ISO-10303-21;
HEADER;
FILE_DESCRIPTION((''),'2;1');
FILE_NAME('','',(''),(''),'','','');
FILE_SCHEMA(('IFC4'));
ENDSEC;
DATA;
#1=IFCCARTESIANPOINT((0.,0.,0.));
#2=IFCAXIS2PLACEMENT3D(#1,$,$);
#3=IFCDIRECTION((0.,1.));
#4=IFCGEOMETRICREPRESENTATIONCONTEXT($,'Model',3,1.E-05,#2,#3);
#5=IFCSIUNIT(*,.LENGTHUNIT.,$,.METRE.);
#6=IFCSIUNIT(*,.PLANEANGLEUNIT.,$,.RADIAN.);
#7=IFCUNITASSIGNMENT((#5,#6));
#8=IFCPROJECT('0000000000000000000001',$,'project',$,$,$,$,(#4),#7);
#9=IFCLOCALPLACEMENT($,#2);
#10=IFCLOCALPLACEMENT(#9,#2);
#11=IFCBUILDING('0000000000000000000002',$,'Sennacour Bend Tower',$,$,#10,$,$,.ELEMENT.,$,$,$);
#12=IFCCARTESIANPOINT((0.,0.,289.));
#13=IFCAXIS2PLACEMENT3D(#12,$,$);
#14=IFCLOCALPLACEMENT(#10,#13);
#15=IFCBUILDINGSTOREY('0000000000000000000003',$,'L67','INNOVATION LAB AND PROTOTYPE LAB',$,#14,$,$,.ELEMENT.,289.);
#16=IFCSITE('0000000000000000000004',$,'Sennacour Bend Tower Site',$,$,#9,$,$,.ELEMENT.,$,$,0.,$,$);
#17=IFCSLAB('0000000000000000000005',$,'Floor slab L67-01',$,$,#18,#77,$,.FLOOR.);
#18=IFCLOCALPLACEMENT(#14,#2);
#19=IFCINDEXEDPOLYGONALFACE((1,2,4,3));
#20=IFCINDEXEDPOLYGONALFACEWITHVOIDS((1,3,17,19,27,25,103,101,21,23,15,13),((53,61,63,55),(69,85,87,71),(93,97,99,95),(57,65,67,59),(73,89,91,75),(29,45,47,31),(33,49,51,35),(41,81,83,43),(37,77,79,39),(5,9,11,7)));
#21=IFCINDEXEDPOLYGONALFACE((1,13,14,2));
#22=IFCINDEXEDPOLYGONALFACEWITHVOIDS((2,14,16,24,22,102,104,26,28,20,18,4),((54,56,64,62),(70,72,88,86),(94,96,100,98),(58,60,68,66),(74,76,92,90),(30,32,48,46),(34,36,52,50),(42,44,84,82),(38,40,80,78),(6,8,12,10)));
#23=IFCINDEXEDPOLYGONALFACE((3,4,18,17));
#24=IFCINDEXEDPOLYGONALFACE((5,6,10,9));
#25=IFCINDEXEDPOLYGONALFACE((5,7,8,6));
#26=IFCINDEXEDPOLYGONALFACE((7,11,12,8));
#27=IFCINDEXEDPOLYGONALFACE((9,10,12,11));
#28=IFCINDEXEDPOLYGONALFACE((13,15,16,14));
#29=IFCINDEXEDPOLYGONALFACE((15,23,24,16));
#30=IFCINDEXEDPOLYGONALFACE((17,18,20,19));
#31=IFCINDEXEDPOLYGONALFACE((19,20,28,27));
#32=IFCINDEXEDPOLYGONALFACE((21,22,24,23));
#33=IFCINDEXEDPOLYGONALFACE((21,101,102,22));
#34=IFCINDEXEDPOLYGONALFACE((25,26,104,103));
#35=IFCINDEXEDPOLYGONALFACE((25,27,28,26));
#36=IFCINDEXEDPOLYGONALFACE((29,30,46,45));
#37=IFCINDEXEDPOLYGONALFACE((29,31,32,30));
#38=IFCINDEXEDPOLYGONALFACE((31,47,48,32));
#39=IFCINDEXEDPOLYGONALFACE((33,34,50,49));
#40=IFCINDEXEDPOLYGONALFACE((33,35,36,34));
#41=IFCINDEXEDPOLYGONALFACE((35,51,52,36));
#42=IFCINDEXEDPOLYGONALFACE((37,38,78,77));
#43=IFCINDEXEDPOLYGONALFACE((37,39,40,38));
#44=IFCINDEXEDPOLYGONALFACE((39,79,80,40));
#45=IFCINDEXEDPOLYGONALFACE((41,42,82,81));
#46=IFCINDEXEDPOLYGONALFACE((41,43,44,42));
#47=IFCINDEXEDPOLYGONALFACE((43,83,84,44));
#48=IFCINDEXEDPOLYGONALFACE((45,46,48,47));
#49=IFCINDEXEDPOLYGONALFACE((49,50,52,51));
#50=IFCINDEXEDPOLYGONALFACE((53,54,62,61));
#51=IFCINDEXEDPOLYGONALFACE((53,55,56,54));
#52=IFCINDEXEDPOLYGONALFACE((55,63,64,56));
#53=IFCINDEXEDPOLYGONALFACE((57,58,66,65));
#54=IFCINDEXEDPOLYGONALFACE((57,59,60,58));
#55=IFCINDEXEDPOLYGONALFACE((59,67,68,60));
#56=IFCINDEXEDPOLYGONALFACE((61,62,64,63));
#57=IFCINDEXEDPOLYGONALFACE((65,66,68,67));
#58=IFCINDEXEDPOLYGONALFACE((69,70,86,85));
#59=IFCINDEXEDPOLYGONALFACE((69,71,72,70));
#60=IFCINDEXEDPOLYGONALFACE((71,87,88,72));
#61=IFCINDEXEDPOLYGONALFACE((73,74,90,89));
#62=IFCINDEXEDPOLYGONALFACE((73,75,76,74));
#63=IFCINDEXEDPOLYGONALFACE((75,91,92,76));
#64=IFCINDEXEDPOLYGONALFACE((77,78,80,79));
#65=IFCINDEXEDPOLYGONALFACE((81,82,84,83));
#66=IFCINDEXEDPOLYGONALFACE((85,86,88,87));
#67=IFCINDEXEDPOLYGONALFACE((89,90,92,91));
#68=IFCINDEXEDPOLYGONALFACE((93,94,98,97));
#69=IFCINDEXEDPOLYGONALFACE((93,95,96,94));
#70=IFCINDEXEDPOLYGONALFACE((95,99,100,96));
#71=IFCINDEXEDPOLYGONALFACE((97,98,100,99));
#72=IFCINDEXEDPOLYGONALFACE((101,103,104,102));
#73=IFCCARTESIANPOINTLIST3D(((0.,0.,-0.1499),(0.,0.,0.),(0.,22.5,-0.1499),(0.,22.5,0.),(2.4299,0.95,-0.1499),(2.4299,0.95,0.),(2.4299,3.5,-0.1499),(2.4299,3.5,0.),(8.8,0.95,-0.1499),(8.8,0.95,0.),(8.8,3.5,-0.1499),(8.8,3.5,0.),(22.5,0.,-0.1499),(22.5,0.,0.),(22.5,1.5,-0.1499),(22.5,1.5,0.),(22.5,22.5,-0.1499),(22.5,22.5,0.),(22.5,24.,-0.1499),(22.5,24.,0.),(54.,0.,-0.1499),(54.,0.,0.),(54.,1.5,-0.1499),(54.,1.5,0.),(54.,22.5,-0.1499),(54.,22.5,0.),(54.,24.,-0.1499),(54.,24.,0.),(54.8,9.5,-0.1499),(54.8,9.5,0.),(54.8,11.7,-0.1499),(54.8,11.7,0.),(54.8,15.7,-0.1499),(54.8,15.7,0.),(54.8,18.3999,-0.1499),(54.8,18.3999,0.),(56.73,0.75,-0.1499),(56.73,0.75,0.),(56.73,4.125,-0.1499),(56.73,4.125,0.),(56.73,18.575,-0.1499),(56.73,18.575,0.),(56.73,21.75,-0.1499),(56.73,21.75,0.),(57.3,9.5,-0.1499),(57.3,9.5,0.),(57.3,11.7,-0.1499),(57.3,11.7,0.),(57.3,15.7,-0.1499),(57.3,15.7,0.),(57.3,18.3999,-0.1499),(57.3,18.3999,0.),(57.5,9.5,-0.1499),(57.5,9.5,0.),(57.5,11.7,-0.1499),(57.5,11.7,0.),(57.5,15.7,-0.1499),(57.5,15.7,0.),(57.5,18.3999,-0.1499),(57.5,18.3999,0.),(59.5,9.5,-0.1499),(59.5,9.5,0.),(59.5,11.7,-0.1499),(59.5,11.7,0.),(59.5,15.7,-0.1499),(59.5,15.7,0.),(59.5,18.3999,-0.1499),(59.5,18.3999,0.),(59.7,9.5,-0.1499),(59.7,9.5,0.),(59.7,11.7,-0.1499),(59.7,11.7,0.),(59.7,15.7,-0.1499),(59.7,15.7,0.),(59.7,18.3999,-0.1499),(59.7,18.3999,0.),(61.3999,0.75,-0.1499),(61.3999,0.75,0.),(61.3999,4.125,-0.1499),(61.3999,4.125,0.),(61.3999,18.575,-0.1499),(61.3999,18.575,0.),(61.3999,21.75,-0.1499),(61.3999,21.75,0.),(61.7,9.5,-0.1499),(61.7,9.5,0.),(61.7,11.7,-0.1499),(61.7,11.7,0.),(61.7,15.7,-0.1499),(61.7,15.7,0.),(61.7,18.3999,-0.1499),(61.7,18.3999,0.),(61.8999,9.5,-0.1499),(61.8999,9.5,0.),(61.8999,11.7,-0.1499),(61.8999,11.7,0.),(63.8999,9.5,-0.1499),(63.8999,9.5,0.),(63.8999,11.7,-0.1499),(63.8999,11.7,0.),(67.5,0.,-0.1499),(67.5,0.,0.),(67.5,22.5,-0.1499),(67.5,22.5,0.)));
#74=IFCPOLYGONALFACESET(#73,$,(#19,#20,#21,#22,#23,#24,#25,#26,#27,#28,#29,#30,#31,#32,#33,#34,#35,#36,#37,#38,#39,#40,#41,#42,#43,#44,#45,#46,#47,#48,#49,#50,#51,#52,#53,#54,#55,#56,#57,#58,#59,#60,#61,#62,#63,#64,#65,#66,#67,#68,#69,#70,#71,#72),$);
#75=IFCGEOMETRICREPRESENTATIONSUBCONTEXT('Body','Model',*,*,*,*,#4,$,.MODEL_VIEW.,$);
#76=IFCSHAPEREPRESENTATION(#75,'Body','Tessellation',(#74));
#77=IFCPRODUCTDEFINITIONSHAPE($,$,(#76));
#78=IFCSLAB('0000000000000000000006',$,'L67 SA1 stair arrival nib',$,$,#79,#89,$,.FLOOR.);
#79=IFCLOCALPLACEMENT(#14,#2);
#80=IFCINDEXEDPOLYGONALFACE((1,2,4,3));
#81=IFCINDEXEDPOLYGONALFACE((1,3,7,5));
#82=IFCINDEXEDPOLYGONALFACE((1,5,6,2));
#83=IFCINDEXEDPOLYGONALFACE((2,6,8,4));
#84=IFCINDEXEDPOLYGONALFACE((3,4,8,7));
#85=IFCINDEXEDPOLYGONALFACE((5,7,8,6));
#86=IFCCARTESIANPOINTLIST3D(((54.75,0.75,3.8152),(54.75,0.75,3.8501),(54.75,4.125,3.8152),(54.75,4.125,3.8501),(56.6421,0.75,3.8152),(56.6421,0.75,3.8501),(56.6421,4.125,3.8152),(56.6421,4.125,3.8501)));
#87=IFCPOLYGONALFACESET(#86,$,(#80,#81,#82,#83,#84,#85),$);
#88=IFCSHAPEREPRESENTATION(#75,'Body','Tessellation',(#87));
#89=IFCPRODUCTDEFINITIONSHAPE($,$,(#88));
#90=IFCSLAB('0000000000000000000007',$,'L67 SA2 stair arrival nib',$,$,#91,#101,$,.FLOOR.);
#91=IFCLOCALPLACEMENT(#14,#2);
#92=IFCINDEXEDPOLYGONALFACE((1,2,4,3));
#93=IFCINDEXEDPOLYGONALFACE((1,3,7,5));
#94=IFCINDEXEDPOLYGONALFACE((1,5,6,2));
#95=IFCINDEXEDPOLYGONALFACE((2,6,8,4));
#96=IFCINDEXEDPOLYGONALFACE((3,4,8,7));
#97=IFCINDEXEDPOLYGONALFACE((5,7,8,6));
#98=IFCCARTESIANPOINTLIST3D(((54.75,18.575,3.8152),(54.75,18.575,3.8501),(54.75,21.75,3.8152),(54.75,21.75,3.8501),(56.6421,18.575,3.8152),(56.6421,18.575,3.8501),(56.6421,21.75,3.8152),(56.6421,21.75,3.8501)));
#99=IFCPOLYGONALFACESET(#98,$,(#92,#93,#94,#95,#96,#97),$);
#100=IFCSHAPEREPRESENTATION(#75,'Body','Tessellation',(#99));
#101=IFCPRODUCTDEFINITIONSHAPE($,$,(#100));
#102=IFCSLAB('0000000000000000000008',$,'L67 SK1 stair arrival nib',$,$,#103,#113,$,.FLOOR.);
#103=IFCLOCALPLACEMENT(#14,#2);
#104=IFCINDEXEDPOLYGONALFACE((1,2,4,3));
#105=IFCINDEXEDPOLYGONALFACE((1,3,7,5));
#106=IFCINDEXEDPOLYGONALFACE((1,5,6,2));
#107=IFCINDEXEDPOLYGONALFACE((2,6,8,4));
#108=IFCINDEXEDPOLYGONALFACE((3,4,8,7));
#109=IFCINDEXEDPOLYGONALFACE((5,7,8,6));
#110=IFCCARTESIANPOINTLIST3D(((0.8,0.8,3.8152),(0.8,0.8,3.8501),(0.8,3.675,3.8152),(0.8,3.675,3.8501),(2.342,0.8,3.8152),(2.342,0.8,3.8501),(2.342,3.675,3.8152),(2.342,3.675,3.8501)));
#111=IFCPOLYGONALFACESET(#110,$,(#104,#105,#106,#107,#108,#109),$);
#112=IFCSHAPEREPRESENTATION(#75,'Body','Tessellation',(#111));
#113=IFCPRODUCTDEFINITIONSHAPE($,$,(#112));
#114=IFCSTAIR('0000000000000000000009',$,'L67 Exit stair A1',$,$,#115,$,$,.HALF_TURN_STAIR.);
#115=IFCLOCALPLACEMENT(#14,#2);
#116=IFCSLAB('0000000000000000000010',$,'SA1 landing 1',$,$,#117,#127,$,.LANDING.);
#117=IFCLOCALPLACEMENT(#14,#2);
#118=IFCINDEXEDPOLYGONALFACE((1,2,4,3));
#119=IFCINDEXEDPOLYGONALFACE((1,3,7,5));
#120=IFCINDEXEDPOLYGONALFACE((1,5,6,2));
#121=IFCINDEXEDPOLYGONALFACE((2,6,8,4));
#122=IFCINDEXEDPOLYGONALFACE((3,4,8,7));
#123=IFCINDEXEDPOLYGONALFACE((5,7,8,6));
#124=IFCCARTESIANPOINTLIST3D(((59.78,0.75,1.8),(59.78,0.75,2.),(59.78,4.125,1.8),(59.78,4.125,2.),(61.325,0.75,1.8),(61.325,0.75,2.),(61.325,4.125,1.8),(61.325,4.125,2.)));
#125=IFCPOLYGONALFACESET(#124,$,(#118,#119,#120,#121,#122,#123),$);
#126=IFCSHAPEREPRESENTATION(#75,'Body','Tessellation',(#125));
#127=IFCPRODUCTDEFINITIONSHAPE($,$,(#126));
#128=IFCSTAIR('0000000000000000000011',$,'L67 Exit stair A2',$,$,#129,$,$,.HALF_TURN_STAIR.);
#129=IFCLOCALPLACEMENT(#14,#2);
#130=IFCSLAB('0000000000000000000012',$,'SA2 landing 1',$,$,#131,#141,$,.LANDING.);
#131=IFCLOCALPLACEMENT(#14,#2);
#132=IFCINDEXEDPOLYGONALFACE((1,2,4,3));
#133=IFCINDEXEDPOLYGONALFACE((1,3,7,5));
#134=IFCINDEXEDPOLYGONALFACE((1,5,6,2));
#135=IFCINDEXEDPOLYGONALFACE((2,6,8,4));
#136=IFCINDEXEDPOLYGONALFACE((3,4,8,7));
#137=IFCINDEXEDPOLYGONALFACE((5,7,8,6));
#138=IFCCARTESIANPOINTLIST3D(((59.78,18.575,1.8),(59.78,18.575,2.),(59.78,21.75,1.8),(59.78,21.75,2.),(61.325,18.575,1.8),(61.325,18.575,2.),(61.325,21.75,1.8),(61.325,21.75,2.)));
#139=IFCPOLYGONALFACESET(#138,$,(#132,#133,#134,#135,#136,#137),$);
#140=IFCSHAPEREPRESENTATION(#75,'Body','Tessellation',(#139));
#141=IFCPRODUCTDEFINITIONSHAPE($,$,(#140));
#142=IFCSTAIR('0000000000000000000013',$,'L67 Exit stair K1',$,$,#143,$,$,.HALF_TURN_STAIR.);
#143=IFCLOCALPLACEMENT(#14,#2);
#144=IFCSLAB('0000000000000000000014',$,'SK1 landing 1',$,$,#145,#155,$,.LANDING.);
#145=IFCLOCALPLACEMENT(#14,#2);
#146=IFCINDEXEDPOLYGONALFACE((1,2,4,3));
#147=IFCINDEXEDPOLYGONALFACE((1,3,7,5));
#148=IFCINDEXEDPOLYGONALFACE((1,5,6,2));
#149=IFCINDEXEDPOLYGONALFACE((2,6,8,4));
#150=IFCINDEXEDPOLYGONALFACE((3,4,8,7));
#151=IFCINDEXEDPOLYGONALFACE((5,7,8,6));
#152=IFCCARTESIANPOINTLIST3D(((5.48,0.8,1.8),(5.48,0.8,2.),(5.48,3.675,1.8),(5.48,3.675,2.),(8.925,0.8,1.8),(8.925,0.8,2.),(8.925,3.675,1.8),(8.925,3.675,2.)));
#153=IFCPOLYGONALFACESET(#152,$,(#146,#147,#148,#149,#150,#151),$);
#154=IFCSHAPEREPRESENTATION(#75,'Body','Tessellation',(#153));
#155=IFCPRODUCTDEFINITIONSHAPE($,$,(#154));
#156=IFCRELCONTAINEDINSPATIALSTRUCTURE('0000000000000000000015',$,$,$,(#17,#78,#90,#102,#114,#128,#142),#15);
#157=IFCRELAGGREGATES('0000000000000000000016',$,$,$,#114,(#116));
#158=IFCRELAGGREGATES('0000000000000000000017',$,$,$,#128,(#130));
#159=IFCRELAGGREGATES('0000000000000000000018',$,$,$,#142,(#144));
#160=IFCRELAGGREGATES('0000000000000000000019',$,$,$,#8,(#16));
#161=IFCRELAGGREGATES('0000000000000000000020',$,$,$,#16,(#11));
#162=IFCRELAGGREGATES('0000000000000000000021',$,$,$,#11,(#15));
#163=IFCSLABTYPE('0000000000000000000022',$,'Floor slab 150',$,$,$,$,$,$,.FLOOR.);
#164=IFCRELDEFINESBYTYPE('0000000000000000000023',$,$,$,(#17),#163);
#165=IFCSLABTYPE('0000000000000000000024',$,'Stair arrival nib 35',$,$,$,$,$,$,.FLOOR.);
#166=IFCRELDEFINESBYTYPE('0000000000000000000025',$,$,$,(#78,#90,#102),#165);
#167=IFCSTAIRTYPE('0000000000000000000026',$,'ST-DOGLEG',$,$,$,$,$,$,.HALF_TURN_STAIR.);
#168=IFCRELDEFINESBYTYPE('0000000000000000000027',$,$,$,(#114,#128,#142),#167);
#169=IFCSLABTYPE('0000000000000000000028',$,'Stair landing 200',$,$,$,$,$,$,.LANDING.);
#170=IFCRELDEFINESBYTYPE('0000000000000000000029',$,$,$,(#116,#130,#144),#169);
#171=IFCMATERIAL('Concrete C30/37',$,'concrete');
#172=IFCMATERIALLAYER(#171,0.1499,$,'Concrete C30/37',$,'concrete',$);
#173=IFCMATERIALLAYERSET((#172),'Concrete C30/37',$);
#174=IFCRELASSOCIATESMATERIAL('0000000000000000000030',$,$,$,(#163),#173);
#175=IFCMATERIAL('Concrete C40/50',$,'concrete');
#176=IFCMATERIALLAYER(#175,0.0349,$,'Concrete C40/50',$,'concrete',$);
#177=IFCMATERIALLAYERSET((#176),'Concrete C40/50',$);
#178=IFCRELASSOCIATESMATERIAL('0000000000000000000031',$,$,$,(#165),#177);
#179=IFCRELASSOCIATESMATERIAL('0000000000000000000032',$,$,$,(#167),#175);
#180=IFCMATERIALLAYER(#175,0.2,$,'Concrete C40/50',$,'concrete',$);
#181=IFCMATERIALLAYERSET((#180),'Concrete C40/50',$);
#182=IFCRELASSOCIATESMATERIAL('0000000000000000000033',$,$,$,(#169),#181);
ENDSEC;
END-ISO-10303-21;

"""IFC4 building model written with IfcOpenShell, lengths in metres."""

from ifc_helpers import new_model, si_unit, direction, frame, origin, place, context, subcontext, project, spatial, polyline, outline, extrude, material, layer, layer_set, type_object, element, aggregate, save


model = new_model("IFC4")

# Units and contexts
model_context = context("Model", 3, precision=1e-05, world=origin(), true_north=direction((0.0, 1.0)))
body_context = subcontext(model_context, "Body", "Model", "MODEL_VIEW")
ifc_project = project(units=[si_unit("LENGTHUNIT", "METRE"), si_unit("PLANEANGLEUNIT", "RADIAN")], contexts=[model_context])

# Site, building, storey
site_placement = place(None, origin())
site = spatial("IfcSite", under=ifc_project, at=site_placement, Name="Sennacour Bend Tower Site", CompositionType="ELEMENT", RefElevation=0.0)
building_placement = place(site_placement, origin())
building = spatial("IfcBuilding", under=site, at=building_placement, Name="Sennacour Bend Tower", CompositionType="ELEMENT")
storey_placement = place(building_placement, frame((0.0, 0.0, 289.0)))
storey = spatial("IfcBuildingStorey", under=building, at=storey_placement, Name="L67", Description="INNOVATION LAB AND PROTOTYPE LAB", CompositionType="ELEMENT", Elevation=289.0)

# Slabs
ifc_material_1 = material(Name="Concrete C30/37", Category="concrete")
ifc_layer_1 = layer(ifc_material_1, 0.1499, Name="Concrete C30/37", Category="concrete")
ifc_layer_set_1 = layer_set([ifc_layer_1], Name="Concrete C30/37")
slab_type_1 = type_object("IfcSlabType", Name="Floor slab 150", PredefinedType="FLOOR", material=ifc_layer_set_1)
slab_1_placement = place(storey_placement, frame((0.0, 0.0, -0.1499)))
element("IfcSlab", 1, at=slab_1_placement, inside=storey, type_object=slab_type_1, Name="Floor slab L67-01", PredefinedType="FLOOR", context=body_context, shape_type="SweptSolid", body=[
    extrude(outline(polyline([(0.0, 0.0), (0.0, 22.5), (22.5, 22.5), (22.5, 24.0), (54.0, 24.0), (54.0, 22.5), (67.5, 22.5), (67.5, 0.0), (54.0, 0.0), (54.0, 1.5), (22.5, 1.5), (22.5, 0.0), (0.0, 0.0)]), holes=[polyline([(8.8, 3.5), (2.4299, 3.5), (2.4299, 0.95), (8.8, 0.95), (8.8, 3.5)]), polyline([(61.3999, 4.125), (56.73, 4.125), (56.73, 0.75), (61.3999, 0.75), (61.3999, 4.125)]), polyline([(57.3, 11.7), (54.8, 11.7), (54.8, 9.5), (57.3, 9.5), (57.3, 11.7)]), polyline([(59.5, 9.5), (59.5, 11.7), (57.5, 11.7), (57.5, 9.5), (59.5, 9.5)]), polyline([(61.7, 9.5), (61.7, 11.7), (59.7, 11.7), (59.7, 9.5), (61.7, 9.5)]), polyline([(63.8999, 11.7), (61.8999, 11.7), (61.8999, 9.5), (63.8999, 9.5), (63.8999, 11.7)]), polyline([(57.3, 18.3999), (54.8, 18.3999), (54.8, 15.7), (57.3, 15.7), (57.3, 18.3999)]), polyline([(59.5, 18.3999), (57.5, 18.3999), (57.5, 15.7), (59.5, 15.7), (59.5, 18.3999)]), polyline([(61.7, 15.7), (61.7, 18.3999), (59.7, 18.3999), (59.7, 15.7), (61.7, 15.7)]), polyline([(61.3999, 18.575), (61.3999, 21.75), (56.73, 21.75), (56.73, 18.575), (61.3999, 18.575)])]), origin(), (0.0, 0.0, 1.0), 0.1499),
])
ifc_material_2 = material(Name="Concrete C40/50", Category="concrete")
ifc_layer_2 = layer(ifc_material_2, 0.0349, Name="Concrete C40/50", Category="concrete")
ifc_layer_set_2 = layer_set([ifc_layer_2], Name="Concrete C40/50")
slab_type_2 = type_object("IfcSlabType", Name="Stair arrival nib 35", PredefinedType="FLOOR", material=ifc_layer_set_2)
slab_2_placement = place(storey_placement, frame((0.0, 0.0, 3.8152)))
element("IfcSlab", 2, at=slab_2_placement, inside=storey, type_object=slab_type_2, Name="L67 SA1 stair arrival nib", PredefinedType="FLOOR", context=body_context, shape_type="SweptSolid", body=[
    extrude(outline(polyline([(56.6421, 4.125), (54.75, 4.125), (54.75, 0.75), (56.6421, 0.75), (56.6421, 4.125)])), origin(), (0.0, 0.0, 1.0), 0.0349),
])
slab_3_placement = place(storey_placement, frame((0.0, 0.0, 3.8152)))
element("IfcSlab", 3, at=slab_3_placement, inside=storey, type_object=slab_type_2, Name="L67 SA2 stair arrival nib", PredefinedType="FLOOR", context=body_context, shape_type="SweptSolid", body=[
    extrude(outline(polyline([(56.6421, 21.75), (54.75, 21.75), (54.75, 18.575), (56.6421, 18.575), (56.6421, 21.75)])), origin(), (0.0, 0.0, 1.0), 0.0349),
])
slab_4_placement = place(storey_placement, frame((0.0, 0.0, 3.8152)))
element("IfcSlab", 4, at=slab_4_placement, inside=storey, type_object=slab_type_2, Name="L67 SK1 stair arrival nib", PredefinedType="FLOOR", context=body_context, shape_type="SweptSolid", body=[
    extrude(outline(polyline([(2.342, 3.675), (0.8, 3.675), (0.8, 0.8), (2.342, 0.8), (2.342, 3.675)])), origin(), (0.0, 0.0, 1.0), 0.0349),
])

# Stairs, slabs
stair_type = type_object("IfcStairType", Name="ST-DOGLEG", PredefinedType="HALF_TURN_STAIR", material=ifc_material_2)
stair_1_placement = place(storey_placement, origin())
stair_1 = element("IfcStair", 5, at=stair_1_placement, inside=storey, type_object=stair_type, Name="L67 Exit stair A1", PredefinedType="HALF_TURN_STAIR")
ifc_layer_3 = layer(ifc_material_2, 0.2, Name="Concrete C40/50", Category="concrete")
ifc_layer_set_3 = layer_set([ifc_layer_3], Name="Concrete C40/50")
slab_type_3 = type_object("IfcSlabType", Name="Stair landing 200", PredefinedType="LANDING", material=ifc_layer_set_3)
slab_5_placement = place(storey_placement, frame((0.0, 0.0, 1.8)))
slab_5 = element("IfcSlab", 6, at=slab_5_placement, type_object=slab_type_3, Name="SA1 landing 1", PredefinedType="LANDING", context=body_context, shape_type="SweptSolid", body=[
    extrude(outline(polyline([(59.78, 0.75), (61.325, 0.75), (61.325, 4.125), (59.78, 4.125), (59.78, 0.75)])), origin(), (0.0, 0.0, 1.0), 0.2),
])
aggregate(stair_1, [slab_5])
stair_2_placement = place(storey_placement, origin())
stair_2 = element("IfcStair", 7, at=stair_2_placement, inside=storey, type_object=stair_type, Name="L67 Exit stair A2", PredefinedType="HALF_TURN_STAIR")
slab_6_placement = place(storey_placement, frame((0.0, 0.0, 1.8)))
slab_6 = element("IfcSlab", 8, at=slab_6_placement, type_object=slab_type_3, Name="SA2 landing 1", PredefinedType="LANDING", context=body_context, shape_type="SweptSolid", body=[
    extrude(outline(polyline([(59.78, 18.575), (61.325, 18.575), (61.325, 21.75), (59.78, 21.75), (59.78, 18.575)])), origin(), (0.0, 0.0, 1.0), 0.2),
])
aggregate(stair_2, [slab_6])
stair_3_placement = place(storey_placement, origin())
stair_3 = element("IfcStair", 9, at=stair_3_placement, inside=storey, type_object=stair_type, Name="L67 Exit stair K1", PredefinedType="HALF_TURN_STAIR")
slab_7_placement = place(storey_placement, frame((0.0, 0.0, 1.8)))
slab_7 = element("IfcSlab", 10, at=slab_7_placement, type_object=slab_type_3, Name="SK1 landing 1", PredefinedType="LANDING", context=body_context, shape_type="SweptSolid", body=[
    extrude(outline(polyline([(5.48, 0.8), (8.925, 0.8), (8.925, 3.675), (5.48, 3.675), (5.48, 0.8)])), origin(), (0.0, 0.0, 1.0), 0.2),
])

aggregate(stair_3, [slab_7])

save(model, "model.ifc")
